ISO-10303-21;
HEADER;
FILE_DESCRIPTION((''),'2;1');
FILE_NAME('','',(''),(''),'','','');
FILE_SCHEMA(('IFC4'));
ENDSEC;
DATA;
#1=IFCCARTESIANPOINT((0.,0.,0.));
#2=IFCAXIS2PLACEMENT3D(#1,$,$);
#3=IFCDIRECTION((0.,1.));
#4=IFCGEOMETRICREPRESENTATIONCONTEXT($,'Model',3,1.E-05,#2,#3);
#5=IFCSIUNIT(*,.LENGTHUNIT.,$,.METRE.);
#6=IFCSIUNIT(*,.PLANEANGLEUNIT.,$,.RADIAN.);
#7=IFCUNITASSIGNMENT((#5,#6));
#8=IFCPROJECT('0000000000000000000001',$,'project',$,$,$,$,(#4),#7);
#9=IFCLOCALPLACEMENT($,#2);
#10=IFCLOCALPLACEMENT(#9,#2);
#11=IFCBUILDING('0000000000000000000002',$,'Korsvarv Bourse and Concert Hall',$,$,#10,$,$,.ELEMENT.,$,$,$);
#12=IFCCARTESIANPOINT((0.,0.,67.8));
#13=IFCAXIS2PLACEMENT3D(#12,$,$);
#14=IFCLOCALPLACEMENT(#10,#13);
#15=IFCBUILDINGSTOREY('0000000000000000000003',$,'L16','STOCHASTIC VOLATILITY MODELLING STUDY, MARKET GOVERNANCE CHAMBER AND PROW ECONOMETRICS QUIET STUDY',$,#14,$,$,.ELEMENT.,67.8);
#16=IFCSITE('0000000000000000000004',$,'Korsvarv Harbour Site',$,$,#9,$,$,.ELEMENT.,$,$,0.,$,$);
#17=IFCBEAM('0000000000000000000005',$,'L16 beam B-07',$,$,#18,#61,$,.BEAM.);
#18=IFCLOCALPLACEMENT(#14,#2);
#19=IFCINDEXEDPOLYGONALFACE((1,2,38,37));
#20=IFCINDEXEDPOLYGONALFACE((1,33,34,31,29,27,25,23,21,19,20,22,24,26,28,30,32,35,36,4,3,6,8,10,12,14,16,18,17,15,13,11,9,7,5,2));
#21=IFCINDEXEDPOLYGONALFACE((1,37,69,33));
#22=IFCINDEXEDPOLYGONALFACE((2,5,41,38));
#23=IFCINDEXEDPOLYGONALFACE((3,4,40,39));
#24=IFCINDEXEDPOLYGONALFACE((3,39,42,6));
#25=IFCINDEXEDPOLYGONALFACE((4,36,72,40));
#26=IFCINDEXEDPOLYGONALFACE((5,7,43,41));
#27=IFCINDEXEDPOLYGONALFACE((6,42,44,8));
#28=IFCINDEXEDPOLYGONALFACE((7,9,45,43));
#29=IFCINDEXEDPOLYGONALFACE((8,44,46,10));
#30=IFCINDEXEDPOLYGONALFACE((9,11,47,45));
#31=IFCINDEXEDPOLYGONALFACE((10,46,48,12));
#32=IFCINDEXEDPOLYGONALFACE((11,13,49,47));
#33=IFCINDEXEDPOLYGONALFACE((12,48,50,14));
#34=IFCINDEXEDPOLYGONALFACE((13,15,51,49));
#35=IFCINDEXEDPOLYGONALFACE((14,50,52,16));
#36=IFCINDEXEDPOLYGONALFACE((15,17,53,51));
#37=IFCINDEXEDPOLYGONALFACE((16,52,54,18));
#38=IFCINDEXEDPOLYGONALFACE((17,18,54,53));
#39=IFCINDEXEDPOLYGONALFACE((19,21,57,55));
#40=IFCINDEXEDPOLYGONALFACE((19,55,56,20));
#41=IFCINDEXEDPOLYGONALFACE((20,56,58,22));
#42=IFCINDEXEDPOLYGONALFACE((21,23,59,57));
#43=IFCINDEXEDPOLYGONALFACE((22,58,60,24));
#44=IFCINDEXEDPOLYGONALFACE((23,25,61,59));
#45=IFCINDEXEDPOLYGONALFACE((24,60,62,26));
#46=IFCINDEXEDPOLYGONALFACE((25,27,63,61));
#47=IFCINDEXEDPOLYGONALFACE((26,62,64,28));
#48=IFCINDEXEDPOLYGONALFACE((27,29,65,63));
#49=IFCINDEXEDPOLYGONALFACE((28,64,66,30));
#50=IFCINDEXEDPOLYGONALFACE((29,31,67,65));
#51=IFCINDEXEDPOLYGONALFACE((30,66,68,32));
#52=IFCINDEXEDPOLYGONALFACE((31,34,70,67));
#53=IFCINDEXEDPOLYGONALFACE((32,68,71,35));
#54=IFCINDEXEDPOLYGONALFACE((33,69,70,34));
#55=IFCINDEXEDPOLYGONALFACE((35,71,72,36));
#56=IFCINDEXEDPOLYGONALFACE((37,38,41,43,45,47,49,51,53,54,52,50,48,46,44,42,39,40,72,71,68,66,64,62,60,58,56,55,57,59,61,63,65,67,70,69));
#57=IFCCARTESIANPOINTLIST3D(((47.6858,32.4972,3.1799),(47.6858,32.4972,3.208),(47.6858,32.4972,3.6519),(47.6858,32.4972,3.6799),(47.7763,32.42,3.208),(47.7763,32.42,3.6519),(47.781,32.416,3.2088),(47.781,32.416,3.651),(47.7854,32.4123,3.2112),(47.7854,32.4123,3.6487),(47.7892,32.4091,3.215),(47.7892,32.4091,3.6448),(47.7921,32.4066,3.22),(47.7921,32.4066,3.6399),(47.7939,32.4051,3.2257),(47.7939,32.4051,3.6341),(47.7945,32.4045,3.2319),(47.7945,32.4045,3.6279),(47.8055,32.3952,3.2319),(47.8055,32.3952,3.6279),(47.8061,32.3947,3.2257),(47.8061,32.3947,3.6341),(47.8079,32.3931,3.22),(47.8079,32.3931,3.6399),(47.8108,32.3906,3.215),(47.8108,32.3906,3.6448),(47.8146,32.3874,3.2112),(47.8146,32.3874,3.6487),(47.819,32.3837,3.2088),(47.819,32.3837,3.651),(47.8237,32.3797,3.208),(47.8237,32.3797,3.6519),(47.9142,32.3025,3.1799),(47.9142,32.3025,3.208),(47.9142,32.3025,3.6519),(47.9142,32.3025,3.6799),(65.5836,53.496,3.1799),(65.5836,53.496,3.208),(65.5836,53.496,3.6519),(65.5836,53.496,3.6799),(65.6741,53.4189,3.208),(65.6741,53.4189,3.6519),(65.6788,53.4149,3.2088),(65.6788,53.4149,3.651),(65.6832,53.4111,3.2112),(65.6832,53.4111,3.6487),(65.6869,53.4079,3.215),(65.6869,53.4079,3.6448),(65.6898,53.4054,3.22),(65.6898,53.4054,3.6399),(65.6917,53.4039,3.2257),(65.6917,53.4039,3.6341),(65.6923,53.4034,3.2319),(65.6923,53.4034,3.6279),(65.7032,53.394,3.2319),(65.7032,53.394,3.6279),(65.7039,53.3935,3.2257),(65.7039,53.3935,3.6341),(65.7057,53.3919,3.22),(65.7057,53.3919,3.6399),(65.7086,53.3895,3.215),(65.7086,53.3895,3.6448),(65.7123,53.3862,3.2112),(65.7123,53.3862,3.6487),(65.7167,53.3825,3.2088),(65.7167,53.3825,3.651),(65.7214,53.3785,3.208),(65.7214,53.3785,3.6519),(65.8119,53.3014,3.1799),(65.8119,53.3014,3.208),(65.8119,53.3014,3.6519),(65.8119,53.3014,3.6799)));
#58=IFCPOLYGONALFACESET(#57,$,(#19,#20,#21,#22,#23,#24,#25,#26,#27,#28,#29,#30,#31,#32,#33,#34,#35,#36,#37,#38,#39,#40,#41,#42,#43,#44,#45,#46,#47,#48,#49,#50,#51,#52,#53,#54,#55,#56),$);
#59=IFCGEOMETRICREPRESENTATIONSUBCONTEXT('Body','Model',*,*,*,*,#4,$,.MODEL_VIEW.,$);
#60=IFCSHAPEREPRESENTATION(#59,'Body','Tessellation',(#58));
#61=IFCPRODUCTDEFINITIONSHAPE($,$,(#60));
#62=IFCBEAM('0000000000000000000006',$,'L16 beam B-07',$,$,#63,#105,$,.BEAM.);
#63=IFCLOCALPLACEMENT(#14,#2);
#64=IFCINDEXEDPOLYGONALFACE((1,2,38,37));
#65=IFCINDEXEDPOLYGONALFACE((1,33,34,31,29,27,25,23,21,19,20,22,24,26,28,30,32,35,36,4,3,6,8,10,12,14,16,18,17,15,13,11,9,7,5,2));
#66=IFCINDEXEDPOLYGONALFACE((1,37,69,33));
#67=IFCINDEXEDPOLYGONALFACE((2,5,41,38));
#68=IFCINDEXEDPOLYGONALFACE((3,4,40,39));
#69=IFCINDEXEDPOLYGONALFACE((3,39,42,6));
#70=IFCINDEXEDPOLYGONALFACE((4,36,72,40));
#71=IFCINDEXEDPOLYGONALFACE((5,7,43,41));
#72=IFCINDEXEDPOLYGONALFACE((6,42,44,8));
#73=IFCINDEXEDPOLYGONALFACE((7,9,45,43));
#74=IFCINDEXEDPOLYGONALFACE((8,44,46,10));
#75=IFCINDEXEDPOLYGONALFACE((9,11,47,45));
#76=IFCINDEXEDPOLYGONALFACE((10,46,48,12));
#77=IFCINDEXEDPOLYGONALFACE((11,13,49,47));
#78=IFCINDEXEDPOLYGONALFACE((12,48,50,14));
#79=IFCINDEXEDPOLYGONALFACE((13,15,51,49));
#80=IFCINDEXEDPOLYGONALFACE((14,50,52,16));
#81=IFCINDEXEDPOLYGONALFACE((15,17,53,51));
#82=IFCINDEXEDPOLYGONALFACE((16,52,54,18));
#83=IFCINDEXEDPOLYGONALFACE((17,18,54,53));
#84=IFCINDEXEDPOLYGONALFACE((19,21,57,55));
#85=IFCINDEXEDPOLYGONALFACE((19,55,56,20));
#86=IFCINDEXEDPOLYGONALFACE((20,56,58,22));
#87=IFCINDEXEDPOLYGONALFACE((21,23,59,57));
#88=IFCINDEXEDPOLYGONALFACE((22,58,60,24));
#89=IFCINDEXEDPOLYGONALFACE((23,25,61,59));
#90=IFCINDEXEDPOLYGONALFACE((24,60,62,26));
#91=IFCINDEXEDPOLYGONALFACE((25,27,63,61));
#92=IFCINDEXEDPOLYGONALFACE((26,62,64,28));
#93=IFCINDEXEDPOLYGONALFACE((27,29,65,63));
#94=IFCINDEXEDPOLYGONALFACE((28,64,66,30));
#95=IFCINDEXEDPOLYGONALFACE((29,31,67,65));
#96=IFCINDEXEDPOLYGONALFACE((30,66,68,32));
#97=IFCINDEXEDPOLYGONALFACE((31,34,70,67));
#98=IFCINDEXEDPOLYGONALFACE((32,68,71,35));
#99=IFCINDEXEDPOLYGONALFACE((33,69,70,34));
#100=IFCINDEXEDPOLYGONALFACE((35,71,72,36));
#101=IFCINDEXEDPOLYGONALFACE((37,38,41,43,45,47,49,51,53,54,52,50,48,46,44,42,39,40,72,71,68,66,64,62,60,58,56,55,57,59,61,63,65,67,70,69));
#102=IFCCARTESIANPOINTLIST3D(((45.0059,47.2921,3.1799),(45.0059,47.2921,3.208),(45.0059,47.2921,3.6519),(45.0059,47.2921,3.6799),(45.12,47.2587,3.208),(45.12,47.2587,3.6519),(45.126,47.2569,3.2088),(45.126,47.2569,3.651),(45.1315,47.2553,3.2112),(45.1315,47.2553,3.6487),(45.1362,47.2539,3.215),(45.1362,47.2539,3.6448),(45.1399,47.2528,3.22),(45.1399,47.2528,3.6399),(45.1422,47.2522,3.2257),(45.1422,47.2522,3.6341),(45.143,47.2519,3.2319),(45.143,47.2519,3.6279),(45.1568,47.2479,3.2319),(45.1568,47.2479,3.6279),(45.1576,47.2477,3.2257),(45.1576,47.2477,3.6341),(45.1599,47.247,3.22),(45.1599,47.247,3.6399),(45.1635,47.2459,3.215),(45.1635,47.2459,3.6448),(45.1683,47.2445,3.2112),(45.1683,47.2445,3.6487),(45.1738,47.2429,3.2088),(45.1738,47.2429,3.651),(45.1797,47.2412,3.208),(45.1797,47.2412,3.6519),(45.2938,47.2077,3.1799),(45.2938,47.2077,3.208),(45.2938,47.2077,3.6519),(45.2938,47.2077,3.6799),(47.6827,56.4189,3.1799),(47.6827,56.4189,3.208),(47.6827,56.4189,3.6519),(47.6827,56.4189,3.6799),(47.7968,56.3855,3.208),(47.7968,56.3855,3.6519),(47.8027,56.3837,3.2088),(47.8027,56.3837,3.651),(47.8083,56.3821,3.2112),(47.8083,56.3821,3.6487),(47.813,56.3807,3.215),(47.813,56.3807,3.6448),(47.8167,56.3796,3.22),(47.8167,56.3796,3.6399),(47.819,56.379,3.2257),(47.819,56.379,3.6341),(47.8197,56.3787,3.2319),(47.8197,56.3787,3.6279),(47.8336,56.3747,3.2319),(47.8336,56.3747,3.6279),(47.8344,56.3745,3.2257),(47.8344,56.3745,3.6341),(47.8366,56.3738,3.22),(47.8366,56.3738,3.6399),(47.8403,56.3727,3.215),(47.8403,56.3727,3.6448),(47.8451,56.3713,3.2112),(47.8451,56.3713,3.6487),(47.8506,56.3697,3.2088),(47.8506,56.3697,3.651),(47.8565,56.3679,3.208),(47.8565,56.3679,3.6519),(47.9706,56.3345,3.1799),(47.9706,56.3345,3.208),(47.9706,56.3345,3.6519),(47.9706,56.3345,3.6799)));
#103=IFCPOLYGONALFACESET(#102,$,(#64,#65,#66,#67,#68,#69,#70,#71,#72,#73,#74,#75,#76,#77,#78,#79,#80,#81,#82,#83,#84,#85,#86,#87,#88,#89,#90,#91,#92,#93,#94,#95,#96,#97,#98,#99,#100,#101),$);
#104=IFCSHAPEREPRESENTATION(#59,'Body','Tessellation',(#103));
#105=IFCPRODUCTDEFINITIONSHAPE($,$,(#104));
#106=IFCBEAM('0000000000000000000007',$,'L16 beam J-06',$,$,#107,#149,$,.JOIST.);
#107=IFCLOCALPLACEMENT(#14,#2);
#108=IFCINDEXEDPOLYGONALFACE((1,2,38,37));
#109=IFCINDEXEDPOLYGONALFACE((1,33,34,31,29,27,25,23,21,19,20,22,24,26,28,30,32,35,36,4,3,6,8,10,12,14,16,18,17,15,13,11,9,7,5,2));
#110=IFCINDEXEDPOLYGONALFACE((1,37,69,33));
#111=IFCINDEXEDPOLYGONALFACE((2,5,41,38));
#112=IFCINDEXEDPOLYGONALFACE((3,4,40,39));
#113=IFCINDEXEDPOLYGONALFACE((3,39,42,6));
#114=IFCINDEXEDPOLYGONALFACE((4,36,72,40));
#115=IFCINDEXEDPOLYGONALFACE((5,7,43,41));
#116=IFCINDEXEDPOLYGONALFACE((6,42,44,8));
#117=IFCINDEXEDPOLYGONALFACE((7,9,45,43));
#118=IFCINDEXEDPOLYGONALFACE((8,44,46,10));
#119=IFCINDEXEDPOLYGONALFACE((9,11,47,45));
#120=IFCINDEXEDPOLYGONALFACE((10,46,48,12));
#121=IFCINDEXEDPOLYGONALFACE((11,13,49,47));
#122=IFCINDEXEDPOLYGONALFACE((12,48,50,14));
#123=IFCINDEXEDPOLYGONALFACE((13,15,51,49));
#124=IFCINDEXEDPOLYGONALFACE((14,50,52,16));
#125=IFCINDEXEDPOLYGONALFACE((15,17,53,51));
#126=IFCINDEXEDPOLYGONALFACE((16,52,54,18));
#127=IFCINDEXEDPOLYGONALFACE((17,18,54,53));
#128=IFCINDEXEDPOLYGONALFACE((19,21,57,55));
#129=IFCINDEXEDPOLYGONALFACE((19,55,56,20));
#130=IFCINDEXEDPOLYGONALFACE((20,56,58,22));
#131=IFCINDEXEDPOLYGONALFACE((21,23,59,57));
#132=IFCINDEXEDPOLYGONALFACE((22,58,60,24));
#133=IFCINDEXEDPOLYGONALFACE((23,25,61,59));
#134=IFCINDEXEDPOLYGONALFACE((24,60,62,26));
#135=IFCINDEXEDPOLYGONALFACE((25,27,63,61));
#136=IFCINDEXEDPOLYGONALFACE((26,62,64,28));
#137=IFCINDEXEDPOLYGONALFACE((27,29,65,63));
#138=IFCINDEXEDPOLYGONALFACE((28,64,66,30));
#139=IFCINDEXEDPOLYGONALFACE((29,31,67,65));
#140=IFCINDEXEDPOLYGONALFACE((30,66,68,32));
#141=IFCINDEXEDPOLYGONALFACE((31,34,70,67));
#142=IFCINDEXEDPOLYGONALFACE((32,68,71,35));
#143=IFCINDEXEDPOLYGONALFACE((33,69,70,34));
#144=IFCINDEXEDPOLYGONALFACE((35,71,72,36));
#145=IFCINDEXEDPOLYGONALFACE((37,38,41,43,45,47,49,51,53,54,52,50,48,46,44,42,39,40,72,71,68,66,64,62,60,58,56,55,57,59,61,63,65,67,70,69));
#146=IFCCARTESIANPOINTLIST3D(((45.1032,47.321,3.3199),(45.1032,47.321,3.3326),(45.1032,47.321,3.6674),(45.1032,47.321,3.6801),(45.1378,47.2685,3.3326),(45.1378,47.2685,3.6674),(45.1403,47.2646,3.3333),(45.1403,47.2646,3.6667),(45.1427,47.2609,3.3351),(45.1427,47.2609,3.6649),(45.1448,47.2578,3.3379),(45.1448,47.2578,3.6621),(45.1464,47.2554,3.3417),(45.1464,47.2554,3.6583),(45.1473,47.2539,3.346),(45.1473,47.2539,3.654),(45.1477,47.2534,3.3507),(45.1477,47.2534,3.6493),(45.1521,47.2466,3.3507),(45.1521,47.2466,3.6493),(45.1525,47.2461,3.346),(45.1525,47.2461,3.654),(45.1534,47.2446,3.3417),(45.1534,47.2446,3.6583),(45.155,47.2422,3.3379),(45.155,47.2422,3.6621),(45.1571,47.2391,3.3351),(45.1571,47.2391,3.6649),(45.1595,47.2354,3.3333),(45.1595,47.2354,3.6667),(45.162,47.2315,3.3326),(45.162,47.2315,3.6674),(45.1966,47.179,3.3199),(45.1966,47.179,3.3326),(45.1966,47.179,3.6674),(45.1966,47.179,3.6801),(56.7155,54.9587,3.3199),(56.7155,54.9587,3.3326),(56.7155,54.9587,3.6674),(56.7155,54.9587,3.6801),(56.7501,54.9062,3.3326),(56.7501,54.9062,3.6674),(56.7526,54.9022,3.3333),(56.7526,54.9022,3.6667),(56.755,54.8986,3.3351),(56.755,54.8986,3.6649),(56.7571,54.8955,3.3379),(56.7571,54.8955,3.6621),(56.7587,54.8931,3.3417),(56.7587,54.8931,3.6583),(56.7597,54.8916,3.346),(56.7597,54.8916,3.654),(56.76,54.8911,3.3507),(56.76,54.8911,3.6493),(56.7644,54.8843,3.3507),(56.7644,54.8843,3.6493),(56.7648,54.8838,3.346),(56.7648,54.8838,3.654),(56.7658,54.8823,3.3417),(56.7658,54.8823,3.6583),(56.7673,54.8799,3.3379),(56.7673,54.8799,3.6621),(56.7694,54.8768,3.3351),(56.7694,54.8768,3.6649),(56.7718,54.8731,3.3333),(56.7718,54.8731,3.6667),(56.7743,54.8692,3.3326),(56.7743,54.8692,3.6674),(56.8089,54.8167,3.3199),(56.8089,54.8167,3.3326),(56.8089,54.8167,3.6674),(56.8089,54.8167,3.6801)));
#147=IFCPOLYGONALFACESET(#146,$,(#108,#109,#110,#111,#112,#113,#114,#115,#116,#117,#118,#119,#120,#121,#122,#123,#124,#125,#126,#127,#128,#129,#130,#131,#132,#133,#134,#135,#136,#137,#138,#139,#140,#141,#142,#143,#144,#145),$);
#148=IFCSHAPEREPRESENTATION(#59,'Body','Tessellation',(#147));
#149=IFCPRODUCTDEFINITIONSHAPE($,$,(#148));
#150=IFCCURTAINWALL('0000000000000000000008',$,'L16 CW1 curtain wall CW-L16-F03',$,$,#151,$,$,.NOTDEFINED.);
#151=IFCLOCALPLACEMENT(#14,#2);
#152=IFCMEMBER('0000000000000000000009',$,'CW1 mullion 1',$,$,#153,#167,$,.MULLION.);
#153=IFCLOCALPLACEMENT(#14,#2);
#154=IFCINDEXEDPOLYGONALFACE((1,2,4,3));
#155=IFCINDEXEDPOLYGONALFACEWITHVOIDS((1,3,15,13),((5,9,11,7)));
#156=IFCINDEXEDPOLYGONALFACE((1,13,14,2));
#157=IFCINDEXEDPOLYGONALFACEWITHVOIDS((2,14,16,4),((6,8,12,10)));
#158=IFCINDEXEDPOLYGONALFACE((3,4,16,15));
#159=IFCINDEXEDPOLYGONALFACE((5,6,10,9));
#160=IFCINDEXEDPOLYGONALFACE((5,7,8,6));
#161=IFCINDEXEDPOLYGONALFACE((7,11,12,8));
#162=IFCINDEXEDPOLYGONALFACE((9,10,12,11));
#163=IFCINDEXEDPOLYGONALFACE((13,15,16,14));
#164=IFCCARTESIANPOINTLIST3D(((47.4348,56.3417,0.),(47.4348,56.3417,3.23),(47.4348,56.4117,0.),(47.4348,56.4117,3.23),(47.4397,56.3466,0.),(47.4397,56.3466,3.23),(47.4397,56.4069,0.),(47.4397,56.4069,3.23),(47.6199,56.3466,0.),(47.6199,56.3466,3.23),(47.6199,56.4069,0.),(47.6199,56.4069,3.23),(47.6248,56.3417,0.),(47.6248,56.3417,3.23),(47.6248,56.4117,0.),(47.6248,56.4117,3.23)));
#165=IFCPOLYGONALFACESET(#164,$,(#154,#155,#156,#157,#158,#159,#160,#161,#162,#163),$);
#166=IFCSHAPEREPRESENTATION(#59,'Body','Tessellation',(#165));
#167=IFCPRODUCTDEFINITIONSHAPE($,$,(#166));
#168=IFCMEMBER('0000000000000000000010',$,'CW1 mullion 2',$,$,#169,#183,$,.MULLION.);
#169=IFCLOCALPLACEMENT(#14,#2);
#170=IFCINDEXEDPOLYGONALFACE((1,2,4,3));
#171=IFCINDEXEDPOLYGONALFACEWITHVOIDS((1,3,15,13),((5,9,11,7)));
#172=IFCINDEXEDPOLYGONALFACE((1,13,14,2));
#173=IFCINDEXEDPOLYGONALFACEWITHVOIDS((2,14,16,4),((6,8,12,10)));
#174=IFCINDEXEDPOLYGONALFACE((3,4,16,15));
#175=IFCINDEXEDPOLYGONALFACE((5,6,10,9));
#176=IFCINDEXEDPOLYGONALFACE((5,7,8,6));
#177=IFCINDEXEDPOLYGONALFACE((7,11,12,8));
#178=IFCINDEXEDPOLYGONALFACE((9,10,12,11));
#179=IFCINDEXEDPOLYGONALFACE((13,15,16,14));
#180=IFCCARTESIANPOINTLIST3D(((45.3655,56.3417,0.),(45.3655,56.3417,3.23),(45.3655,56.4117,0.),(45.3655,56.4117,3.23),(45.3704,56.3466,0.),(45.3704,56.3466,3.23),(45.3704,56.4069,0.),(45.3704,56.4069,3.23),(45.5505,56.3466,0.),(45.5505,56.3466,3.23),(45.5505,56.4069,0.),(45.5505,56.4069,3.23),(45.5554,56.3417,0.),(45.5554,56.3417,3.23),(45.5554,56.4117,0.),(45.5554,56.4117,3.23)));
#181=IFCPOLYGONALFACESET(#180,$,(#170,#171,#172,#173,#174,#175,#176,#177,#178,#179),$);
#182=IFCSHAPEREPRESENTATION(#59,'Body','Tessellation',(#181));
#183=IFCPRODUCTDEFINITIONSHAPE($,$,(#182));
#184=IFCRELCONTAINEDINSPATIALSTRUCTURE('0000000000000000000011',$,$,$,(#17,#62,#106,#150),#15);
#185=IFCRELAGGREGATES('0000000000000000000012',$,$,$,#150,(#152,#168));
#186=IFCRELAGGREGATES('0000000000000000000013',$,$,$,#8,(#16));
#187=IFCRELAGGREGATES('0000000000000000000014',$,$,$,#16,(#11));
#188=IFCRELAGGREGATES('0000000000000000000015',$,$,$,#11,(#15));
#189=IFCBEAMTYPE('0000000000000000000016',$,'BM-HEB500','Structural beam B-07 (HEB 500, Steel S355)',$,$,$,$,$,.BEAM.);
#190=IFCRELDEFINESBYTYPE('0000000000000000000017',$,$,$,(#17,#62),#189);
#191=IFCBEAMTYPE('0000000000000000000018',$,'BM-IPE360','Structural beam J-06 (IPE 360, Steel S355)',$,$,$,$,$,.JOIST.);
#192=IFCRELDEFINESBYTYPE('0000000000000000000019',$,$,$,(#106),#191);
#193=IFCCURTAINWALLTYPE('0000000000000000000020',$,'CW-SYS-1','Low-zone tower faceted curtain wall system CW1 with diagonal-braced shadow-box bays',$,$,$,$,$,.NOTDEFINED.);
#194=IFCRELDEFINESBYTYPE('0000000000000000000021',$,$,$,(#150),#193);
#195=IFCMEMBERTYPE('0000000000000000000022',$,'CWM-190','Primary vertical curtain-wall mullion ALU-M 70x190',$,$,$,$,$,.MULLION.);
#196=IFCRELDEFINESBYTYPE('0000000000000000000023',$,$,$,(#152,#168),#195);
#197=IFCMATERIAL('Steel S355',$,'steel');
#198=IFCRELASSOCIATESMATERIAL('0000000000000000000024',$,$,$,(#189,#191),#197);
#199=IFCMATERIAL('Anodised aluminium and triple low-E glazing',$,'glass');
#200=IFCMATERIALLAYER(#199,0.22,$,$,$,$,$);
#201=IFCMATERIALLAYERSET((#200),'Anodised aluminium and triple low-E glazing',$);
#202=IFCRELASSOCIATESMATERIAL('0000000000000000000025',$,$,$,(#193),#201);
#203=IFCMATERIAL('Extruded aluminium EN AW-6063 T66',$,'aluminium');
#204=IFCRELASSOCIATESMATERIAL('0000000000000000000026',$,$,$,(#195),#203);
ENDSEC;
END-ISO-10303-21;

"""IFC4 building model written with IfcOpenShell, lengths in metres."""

from ifc_helpers import new_model, si_unit, direction, frame, origin, origin_2d, place, context, subcontext, project, spatial, hollow_rectangle, i_section, extrude, source, transform, mapped, material, layer, layer_set, material_profile, profile_set, type_object, element, aggregate, save


model = new_model("IFC4")

# Units and contexts
model_context = context("Model", 3, precision=1e-05, world=origin(), true_north=direction((0.0, 1.0)))
body_context = subcontext(model_context, "Body", "Model", "MODEL_VIEW")
ifc_project = project(units=[si_unit("LENGTHUNIT", "METRE"), si_unit("PLANEANGLEUNIT", "RADIAN")], contexts=[model_context])

# Site, building, storey
site_placement = place(None, origin())
site = spatial("IfcSite", under=ifc_project, at=site_placement, Name="Korsvarv Harbour Site", CompositionType="ELEMENT", RefElevation=0.0)
building_placement = place(site_placement, origin())
building = spatial("IfcBuilding", under=site, at=building_placement, Name="Korsvarv Bourse and Concert Hall", CompositionType="ELEMENT")
storey_placement = place(building_placement, frame((0.0, 0.0, 67.8)))
storey = spatial("IfcBuildingStorey", under=building, at=storey_placement, Name="L16", Description="STOCHASTIC VOLATILITY MODELLING STUDY, MARKET GOVERNANCE CHAMBER AND PROW ECONOMETRICS QUIET STUDY", CompositionType="ELEMENT", Elevation=67.8)

# Beams
ifc_material_1 = material(Name="Steel S355", Category="steel")
ifc_material_profile_1 = material_profile(ifc_material_1, i_section(OverallWidth=0.3, OverallDepth=0.5, WebThickness=0.0144, FlangeThickness=0.0281, FilletRadius=0.0239, at=origin_2d()), Name="HEB 500")
ifc_profile_set_1 = profile_set([ifc_material_profile_1], Name="Steel S355")
beam_type_1 = type_object("IfcBeamType", Name="BM-HEB500", Description="Structural beam B-07 (HEB 500, Steel S355)", PredefinedType="BEAM", material=ifc_profile_set_1)
shared_shape_1 = source(origin(), body_context, "Body", "SweptSolid", [
    extrude(i_section(OverallWidth=0.3, OverallDepth=0.5, WebThickness=0.0144, FlangeThickness=0.0281, FilletRadius=0.0239, at=origin_2d()), origin(), (0.0, 0.0, 1.0), 27.5913),
])
beam_1_placement = place(storey_placement, frame((65.6978, 53.3987, 3.4299), z_axis=(-0.648673, -0.761067, 0.0), x_axis=(0.761067, -0.648673, 0.0)))
element("IfcBeam", 1, at=beam_1_placement, inside=storey, type_object=beam_type_1, Name="L16 beam B-07", PredefinedType="BEAM", context=body_context, shape_type="MappedRepresentation", body=[
    mapped(shared_shape_1, transform((0.0, 0.0, 0.0), scale=1.0)),
])
shared_shape_2 = source(origin(), body_context, "Body", "SweptSolid", [
    extrude(i_section(OverallWidth=0.3, OverallDepth=0.5, WebThickness=0.0144, FlangeThickness=0.0281, FilletRadius=0.0239, at=origin_2d()), origin(), (0.0, 0.0, 1.0), 9.5112),
])
beam_2_placement = place(storey_placement, frame((47.8267, 56.3767, 3.4299), z_axis=(-0.281434, -0.959581, 0.0), x_axis=(0.959581, -0.281434, 0.0)))
element("IfcBeam", 2, at=beam_2_placement, inside=storey, type_object=beam_type_1, Name="L16 beam B-07", PredefinedType="BEAM", context=body_context, shape_type="MappedRepresentation", body=[
    mapped(shared_shape_2, transform((0.0, 0.0, 0.0), scale=1.0)),
])
ifc_material_profile_2 = material_profile(ifc_material_1, i_section(OverallWidth=0.1699, OverallDepth=0.3601, WebThickness=0.0081, FlangeThickness=0.0127, FilletRadius=0.0181, at=origin_2d()), Name="IPE 360")
ifc_profile_set_2 = profile_set([ifc_material_profile_2], Name="Steel S355")
beam_type_2 = type_object("IfcBeamType", Name="BM-IPE360", Description="Structural beam J-06 (IPE 360, Steel S355)", PredefinedType="JOIST", material=ifc_profile_set_2)
shared_shape_3 = source(origin(), body_context, "Body", "SweptSolid", [
    extrude(i_section(OverallWidth=0.1699, OverallDepth=0.3601, WebThickness=0.0081, FlangeThickness=0.0127, FilletRadius=0.0181, at=origin_2d()), origin(), (0.0, 0.0, 1.0), 13.8989),
])
beam_3_placement = place(storey_placement, frame((56.7622, 54.8877, 3.5), z_axis=(-0.835482, -0.549517, 0.0), x_axis=(0.549517, -0.835482, 0.0)))
element("IfcBeam", 3, at=beam_3_placement, inside=storey, type_object=beam_type_2, Name="L16 beam J-06", PredefinedType="JOIST", context=body_context, shape_type="MappedRepresentation", body=[
    mapped(shared_shape_3, transform((0.0, 0.0, 0.0), scale=1.0)),
])

# Curtain wall, members
ifc_material_2 = material(Name="Anodised aluminium and triple low-E glazing", Category="glass")
ifc_layer_1 = layer(ifc_material_2, 0.22)
ifc_layer_set_1 = layer_set([ifc_layer_1], Name="Anodised aluminium and triple low-E glazing")
curtain_wall_type = type_object("IfcCurtainWallType", Name="CW-SYS-1", Description="Low-zone tower faceted curtain wall system CW1 with diagonal-braced shadow-box bays", PredefinedType="NOTDEFINED", material=ifc_layer_set_1)
curtain_wall_placement = place(storey_placement, origin())
curtain_wall = element("IfcCurtainWall", 4, at=curtain_wall_placement, inside=storey, type_object=curtain_wall_type, Name="L16 CW1 curtain wall CW-L16-F03", PredefinedType="NOTDEFINED")
ifc_material_3 = material(Name="Extruded aluminium EN AW-6063 T66", Category="aluminium")
ifc_material_profile_3 = material_profile(ifc_material_3, hollow_rectangle(XDim=0.0701, YDim=0.1899, WallThickness=0.0049, at=origin_2d()), Name="ALU-M 70x190")
ifc_profile_set_3 = profile_set([ifc_material_profile_3], Name="Extruded aluminium EN AW-6063 T66")
member_type_1 = type_object("IfcMemberType", Name="CWM-190", Description="Primary vertical curtain-wall mullion ALU-M 70x190", PredefinedType="MULLION", material=ifc_profile_set_3)
shared_shape_4 = source(origin(), body_context, "Body", "SweptSolid", [
    extrude(hollow_rectangle(XDim=0.0701, YDim=0.1899, WallThickness=0.0049, at=origin_2d()), origin(), (0.0, 0.0, 1.0), 3.23),
])
member_1_placement = place(storey_placement, frame((47.5298, 56.3767, 0.0), z_axis=(0.0, 0.0, 1.0), x_axis=(0.0, -1.0, 0.0)))
member_1 = element("IfcMember", 5, at=member_1_placement, type_object=member_type_1, Name="CW1 mullion 1", PredefinedType="MULLION", context=body_context, shape_type="MappedRepresentation", body=[
    mapped(shared_shape_4, transform((0.0, 0.0, 0.0), scale=1.0)),
])
member_2_placement = place(storey_placement, frame((45.4604, 56.3767, 0.0), z_axis=(0.0, 0.0, 1.0), x_axis=(0.0, -1.0, 0.0)))
member_2 = element("IfcMember", 6, at=member_2_placement, type_object=member_type_1, Name="CW1 mullion 2", PredefinedType="MULLION", context=body_context, shape_type="MappedRepresentation", body=[
    mapped(shared_shape_4, transform((0.0, 0.0, 0.0), scale=1.0)),
])
aggregate(curtain_wall, [member_1, member_2])

save(model, "model.ifc")
